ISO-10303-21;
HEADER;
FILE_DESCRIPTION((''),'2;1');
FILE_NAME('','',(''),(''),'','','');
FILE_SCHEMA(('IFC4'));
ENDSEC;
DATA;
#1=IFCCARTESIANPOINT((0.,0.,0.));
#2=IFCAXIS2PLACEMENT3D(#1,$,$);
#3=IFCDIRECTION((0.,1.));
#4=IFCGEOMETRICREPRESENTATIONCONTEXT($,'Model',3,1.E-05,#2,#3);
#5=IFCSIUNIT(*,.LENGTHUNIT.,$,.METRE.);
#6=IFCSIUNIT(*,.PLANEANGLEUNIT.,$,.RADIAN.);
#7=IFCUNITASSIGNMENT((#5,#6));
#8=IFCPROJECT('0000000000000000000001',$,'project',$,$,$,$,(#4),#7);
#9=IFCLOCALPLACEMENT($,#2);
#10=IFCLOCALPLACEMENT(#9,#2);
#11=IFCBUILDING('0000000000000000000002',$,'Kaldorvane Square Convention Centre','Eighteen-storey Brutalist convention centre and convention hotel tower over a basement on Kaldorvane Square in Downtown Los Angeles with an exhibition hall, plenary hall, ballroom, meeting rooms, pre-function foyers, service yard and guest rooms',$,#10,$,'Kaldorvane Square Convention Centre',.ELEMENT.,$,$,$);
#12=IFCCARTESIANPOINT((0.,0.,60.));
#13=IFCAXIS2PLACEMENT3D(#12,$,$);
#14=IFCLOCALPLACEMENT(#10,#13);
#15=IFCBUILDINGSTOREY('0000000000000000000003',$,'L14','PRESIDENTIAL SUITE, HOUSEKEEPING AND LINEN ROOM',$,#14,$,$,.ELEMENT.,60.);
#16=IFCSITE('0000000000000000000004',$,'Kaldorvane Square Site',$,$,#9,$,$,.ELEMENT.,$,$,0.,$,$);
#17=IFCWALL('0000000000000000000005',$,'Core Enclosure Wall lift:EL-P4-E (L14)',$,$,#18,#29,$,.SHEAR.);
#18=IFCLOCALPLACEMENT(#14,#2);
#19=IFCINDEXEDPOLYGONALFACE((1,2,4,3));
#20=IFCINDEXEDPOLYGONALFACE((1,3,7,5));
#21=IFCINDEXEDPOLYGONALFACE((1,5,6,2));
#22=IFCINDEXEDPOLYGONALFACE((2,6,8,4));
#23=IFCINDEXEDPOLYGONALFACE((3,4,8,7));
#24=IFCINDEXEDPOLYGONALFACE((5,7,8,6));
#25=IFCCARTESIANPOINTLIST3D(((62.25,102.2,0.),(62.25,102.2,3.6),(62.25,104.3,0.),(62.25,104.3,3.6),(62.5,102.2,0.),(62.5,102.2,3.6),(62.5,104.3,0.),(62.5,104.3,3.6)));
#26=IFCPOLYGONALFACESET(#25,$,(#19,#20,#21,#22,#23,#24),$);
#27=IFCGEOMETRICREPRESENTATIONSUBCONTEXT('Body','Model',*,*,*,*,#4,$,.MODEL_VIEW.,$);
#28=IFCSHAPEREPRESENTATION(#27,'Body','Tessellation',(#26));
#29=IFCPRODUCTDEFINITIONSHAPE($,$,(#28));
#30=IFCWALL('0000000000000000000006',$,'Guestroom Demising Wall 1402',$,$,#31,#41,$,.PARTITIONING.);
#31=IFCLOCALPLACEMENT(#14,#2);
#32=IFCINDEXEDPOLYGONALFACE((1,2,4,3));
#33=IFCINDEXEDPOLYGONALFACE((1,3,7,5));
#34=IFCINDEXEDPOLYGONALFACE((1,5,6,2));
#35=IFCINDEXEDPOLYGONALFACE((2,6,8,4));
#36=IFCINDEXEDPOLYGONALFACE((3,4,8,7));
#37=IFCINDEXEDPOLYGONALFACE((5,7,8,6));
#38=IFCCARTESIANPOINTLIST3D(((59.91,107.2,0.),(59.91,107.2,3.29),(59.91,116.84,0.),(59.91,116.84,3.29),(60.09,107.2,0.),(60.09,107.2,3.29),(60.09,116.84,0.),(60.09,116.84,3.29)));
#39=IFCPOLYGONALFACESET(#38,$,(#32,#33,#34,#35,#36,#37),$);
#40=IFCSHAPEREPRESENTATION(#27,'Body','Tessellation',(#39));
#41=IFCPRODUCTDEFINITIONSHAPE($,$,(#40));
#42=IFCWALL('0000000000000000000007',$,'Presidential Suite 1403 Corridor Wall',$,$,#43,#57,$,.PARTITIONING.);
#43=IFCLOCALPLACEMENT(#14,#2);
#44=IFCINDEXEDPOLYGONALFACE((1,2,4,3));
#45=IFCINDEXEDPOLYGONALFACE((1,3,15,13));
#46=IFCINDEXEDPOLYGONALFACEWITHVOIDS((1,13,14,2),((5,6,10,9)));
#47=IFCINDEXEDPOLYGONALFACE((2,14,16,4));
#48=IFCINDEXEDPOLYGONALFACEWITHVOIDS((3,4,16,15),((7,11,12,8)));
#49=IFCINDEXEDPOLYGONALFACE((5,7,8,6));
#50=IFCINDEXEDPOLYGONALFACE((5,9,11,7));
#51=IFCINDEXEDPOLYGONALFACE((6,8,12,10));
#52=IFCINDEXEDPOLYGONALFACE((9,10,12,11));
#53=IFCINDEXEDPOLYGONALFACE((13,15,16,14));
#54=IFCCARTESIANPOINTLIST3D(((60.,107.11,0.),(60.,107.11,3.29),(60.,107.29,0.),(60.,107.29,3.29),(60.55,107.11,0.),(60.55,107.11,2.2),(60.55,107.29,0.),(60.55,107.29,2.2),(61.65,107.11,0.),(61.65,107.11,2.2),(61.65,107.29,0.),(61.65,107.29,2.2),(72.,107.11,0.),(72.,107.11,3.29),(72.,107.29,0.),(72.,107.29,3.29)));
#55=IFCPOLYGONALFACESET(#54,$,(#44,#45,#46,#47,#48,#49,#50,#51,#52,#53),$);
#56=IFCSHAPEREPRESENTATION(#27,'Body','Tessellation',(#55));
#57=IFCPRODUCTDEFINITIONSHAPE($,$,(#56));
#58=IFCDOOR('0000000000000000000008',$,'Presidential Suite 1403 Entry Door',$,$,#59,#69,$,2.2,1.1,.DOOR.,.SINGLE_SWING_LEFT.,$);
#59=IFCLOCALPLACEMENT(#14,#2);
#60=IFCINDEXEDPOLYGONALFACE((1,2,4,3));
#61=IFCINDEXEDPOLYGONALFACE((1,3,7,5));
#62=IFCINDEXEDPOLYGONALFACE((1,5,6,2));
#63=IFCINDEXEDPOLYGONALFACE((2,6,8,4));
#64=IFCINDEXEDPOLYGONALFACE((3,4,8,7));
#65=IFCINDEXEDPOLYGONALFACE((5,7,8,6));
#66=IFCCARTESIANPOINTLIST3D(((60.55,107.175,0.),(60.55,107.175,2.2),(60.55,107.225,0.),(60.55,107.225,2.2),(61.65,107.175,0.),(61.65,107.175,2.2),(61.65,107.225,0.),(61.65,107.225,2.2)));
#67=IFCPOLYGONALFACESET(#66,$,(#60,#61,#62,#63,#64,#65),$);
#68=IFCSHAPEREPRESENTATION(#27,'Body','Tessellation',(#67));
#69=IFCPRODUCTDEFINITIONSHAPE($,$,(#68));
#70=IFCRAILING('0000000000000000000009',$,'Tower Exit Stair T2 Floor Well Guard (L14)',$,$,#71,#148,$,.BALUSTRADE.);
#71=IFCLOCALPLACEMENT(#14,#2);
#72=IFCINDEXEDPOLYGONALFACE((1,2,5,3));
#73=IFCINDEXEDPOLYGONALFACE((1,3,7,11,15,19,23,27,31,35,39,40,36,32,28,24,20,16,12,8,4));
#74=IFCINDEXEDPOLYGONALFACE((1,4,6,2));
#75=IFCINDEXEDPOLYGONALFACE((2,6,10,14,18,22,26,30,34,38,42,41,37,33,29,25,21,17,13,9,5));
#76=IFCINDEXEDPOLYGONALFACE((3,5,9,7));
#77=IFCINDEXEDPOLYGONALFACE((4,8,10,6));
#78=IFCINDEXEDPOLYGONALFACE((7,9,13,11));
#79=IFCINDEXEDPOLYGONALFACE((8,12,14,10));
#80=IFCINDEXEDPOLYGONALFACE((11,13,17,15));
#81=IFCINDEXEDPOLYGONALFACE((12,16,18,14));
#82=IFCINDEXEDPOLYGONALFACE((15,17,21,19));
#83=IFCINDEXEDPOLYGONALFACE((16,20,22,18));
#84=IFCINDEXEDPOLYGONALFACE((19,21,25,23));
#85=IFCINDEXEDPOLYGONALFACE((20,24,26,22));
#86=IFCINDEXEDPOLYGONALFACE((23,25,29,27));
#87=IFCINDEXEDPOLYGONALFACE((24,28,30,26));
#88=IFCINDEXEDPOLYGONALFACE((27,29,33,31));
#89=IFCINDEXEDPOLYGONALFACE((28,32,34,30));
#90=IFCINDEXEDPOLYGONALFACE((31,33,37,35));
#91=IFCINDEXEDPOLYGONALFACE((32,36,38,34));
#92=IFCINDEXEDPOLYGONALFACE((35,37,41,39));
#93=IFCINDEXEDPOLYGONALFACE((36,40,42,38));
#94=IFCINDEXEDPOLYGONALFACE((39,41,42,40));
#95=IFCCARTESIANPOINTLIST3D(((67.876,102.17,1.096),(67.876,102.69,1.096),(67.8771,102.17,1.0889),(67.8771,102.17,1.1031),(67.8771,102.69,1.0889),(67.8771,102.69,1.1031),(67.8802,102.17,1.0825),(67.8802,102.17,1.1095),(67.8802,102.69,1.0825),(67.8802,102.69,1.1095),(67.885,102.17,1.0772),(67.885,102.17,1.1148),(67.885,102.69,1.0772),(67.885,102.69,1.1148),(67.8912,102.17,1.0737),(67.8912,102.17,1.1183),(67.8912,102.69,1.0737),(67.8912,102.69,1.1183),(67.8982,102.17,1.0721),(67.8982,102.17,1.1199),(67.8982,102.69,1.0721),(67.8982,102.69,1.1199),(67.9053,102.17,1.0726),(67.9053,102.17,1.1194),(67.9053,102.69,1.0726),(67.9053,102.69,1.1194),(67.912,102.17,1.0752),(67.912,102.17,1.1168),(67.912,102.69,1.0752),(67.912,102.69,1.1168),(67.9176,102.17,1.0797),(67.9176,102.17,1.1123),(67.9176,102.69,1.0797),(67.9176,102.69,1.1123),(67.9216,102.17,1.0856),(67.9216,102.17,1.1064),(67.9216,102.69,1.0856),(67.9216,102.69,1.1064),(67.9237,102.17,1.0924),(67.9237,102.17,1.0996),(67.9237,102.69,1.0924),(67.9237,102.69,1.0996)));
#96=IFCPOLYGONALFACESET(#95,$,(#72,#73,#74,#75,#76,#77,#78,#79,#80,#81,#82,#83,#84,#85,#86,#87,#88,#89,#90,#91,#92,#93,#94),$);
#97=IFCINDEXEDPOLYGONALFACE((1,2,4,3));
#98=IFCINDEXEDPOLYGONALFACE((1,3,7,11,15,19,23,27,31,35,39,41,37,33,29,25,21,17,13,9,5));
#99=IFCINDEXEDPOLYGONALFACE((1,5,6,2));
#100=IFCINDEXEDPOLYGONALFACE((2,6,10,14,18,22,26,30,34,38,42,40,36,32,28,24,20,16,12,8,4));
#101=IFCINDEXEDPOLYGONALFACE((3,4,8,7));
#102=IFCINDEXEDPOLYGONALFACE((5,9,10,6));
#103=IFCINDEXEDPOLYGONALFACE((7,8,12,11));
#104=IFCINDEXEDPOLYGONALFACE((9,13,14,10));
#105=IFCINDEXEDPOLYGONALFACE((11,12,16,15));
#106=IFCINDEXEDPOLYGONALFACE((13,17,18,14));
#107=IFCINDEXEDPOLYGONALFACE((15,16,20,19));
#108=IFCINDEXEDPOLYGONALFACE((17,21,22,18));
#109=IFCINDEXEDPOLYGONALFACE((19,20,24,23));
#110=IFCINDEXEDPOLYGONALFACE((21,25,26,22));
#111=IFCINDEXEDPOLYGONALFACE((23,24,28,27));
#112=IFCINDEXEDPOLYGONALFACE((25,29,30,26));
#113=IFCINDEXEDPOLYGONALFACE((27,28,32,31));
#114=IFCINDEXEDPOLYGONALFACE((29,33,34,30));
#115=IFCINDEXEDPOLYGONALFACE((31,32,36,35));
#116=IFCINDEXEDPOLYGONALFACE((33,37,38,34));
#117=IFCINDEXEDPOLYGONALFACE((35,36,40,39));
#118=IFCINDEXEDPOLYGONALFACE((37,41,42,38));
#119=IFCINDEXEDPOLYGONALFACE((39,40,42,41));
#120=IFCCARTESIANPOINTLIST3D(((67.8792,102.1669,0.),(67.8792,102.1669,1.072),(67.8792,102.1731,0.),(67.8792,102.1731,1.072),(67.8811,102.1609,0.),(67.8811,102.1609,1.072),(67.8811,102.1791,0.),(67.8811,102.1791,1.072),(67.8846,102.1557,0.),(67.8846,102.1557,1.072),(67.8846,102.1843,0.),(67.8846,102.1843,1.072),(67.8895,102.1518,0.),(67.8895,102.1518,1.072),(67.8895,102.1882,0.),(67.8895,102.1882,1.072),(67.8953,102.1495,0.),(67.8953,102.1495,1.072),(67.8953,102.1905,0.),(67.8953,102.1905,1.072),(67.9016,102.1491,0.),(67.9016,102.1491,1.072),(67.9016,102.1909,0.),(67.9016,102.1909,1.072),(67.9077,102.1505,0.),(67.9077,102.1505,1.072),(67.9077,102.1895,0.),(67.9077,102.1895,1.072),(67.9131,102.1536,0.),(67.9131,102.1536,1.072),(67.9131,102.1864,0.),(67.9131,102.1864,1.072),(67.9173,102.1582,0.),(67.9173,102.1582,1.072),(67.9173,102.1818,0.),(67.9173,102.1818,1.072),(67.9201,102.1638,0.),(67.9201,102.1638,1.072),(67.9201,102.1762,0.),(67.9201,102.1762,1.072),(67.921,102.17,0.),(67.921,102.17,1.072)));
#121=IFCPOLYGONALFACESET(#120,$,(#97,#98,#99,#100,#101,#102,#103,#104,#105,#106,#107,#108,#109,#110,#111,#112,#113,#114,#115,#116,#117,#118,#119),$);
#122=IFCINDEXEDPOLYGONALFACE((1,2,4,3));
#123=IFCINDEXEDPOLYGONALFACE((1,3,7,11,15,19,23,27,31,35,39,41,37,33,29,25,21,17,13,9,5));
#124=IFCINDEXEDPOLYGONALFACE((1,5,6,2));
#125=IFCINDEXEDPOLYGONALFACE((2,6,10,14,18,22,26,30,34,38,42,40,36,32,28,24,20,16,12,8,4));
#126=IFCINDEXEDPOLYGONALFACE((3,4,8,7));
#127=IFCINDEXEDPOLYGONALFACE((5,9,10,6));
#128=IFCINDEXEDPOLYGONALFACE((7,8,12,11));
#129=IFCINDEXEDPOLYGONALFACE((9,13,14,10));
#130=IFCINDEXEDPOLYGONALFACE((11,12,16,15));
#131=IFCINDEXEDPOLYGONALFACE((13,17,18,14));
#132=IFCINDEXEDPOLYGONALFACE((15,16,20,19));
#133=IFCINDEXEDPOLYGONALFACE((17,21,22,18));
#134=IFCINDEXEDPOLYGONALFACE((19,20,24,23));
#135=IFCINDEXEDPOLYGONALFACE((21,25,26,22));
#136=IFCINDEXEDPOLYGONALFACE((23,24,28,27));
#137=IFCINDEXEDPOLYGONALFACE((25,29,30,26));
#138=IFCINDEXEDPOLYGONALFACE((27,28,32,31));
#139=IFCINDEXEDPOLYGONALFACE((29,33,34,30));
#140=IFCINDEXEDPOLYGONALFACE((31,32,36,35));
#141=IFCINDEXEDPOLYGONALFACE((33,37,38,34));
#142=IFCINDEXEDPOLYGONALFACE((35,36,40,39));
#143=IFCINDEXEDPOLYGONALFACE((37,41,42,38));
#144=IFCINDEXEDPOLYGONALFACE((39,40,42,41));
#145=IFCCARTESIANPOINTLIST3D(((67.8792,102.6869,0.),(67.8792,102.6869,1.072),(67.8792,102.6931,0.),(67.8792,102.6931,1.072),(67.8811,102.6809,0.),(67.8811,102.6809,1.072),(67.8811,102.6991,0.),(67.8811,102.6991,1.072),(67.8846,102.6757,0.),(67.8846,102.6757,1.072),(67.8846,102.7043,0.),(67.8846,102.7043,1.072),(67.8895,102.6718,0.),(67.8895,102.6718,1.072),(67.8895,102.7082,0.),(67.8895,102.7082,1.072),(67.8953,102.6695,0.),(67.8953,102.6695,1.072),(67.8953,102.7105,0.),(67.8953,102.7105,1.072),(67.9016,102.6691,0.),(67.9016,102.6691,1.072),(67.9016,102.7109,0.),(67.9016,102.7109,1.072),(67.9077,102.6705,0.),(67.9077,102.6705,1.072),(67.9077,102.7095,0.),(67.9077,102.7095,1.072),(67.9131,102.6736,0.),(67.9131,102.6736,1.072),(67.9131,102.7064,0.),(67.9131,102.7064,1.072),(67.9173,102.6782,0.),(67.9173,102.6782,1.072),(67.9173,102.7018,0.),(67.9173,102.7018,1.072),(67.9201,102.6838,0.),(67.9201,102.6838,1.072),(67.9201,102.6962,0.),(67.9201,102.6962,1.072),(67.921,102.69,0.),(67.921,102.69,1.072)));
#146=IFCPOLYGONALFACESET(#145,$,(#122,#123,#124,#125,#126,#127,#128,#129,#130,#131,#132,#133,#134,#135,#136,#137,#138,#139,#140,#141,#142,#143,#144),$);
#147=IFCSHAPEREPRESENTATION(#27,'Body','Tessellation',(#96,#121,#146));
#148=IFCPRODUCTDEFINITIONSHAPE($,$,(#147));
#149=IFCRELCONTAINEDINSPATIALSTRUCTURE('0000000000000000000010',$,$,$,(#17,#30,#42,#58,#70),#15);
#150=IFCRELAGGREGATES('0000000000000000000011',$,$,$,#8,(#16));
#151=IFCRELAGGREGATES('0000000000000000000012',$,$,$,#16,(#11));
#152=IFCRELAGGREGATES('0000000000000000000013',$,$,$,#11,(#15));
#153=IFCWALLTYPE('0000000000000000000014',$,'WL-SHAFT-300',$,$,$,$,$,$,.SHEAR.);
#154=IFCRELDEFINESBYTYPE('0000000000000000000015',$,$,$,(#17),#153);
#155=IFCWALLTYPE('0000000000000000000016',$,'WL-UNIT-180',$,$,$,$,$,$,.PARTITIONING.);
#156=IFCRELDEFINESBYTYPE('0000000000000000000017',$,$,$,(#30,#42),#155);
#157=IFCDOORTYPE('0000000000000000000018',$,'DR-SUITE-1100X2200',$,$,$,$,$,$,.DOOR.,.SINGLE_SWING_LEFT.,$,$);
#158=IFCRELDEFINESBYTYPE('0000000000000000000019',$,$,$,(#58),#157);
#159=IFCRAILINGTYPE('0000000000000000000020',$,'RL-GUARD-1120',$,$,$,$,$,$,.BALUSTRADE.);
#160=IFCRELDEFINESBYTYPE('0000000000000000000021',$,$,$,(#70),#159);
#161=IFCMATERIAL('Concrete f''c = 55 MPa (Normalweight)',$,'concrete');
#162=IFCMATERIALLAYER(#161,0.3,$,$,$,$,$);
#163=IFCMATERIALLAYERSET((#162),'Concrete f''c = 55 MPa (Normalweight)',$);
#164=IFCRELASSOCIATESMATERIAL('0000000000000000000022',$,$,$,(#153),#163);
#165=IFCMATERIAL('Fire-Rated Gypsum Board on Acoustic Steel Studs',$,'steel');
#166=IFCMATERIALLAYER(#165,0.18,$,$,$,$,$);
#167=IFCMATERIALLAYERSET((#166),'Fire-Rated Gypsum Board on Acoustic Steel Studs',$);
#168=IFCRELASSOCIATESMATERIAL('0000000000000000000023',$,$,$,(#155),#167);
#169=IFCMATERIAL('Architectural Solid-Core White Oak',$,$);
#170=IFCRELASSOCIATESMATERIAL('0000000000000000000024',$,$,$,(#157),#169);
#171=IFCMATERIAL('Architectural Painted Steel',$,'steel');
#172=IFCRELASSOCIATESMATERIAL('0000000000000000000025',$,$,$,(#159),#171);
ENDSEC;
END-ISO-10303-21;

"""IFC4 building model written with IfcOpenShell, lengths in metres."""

from ifc_helpers import new_model, si_unit, direction, frame, frame_2d, origin, origin_2d, place, context, subcontext, project, spatial, rectangle, circle, extrude, material, layer, layer_set, type_object, element, fill, save


model = new_model("IFC4")

# Units and contexts
model_context = context("Model", 3, precision=1e-05, world=origin(), true_north=direction((0.0, 1.0)))
body_context = subcontext(model_context, "Body", "Model", "MODEL_VIEW")
ifc_project = project(units=[si_unit("LENGTHUNIT", "METRE"), si_unit("PLANEANGLEUNIT", "RADIAN")], contexts=[model_context])

# Site, building, storey
site_placement = place(None, origin())
site = spatial("IfcSite", under=ifc_project, at=site_placement, Name="Kaldorvane Square Site", CompositionType="ELEMENT", RefElevation=0.0)
building_placement = place(site_placement, origin())
building = spatial("IfcBuilding", under=site, at=building_placement, Name="Kaldorvane Square Convention Centre", Description="Eighteen-storey Brutalist convention centre and convention hotel tower over a basement on Kaldorvane Square in Downtown Los Angeles with an exhibition hall, plenary hall, ballroom, meeting rooms, pre-function foyers, service yard and guest rooms", LongName="Kaldorvane Square Convention Centre", CompositionType="ELEMENT")
storey_placement = place(building_placement, frame((0.0, 0.0, 60.0)))
storey = spatial("IfcBuildingStorey", under=building, at=storey_placement, Name="L14", Description="PRESIDENTIAL SUITE, HOUSEKEEPING AND LINEN ROOM", CompositionType="ELEMENT", Elevation=60.0)

# Shared definitions
ifc_material_1 = material(Name="Fire-Rated Gypsum Board on Acoustic Steel Studs", Category="steel")
ifc_material_2 = material(Name="Architectural Solid-Core White Oak")

# Walls
ifc_material_3 = material(Name="Concrete f'c = 55 MPa (Normalweight)", Category="concrete")
ifc_layer_1 = layer(ifc_material_3, 0.3)
ifc_layer_set_1 = layer_set([ifc_layer_1], Name="Concrete f'c = 55 MPa (Normalweight)")
wall_type_1 = type_object("IfcWallType", Name="WL-SHAFT-300", PredefinedType="SHEAR", material=ifc_layer_set_1)
for number, where, z_axis, x_axis, name in (
    (1, (62.375, 102.2, 0.0), (0.0, 0.0, 1.0), (0.0, 1.0, 0.0), "Core Enclosure Wall lift:EL-P4-E (L14)"),
):
    element("IfcWall", number, at=place(storey_placement, frame(where, z_axis=z_axis, x_axis=x_axis)), inside=storey, type_object=wall_type_1, Name=name, PredefinedType="SHEAR", context=body_context, shape_type="SweptSolid", body=[
        extrude(rectangle(XDim=2.1, YDim=0.25, at=frame_2d((1.05, 0.0))), origin(), (0.0, 0.0, 1.0), 3.6),
    ])
ifc_layer_2 = layer(ifc_material_1, 0.18)
ifc_layer_set_2 = layer_set([ifc_layer_2], Name="Fire-Rated Gypsum Board on Acoustic Steel Studs")
wall_type_2 = type_object("IfcWallType", Name="WL-UNIT-180", PredefinedType="PARTITIONING", material=ifc_layer_set_2)
wall_1_placement = place(storey_placement, frame((60.0, 107.2, 0.0), z_axis=(0.0, 0.0, 1.0), x_axis=(0.0, 1.0, 0.0)))
element("IfcWall", 2, at=wall_1_placement, inside=storey, type_object=wall_type_2, Name="Guestroom Demising Wall 1402", PredefinedType="PARTITIONING", context=body_context, shape_type="SweptSolid", body=[
    extrude(rectangle(XDim=9.64, YDim=0.18, at=frame_2d((4.82, 0.0))), origin(), (0.0, 0.0, 1.0), 3.29),
])

# Wall, opening, door
wall_2_placement = place(storey_placement, frame((60.0, 107.2, 0.0), z_axis=(0.0, 0.0, 1.0), x_axis=(1.0, 0.0, 0.0)))
wall_2 = element("IfcWall", 3, at=wall_2_placement, inside=storey, type_object=wall_type_2, Name="Presidential Suite 1403 Corridor Wall", PredefinedType="PARTITIONING", context=body_context, shape_type="SweptSolid", body=[
    extrude(rectangle(XDim=12.0, YDim=0.18, at=frame_2d((6.0, 0.0))), origin(), (0.0, 0.0, 1.0), 3.29),
])
opening_1_placement = place(wall_2_placement, frame((0.55, 0.0, 0.0)))
opening_1 = element("IfcOpeningElement", 4, at=opening_1_placement, cuts=wall_2, PredefinedType="OPENING", context=body_context, shape_type="SweptSolid", body=[
    extrude(rectangle(XDim=1.1, YDim=2.2, at=frame_2d((0.55, 1.1))), frame((0.0, 0.105, 0.0), z_axis=(0.0, -1.0, 0.0), x_axis=(1.0, 0.0, 0.0)), (0.0, 0.0, 1.0), 0.21),
])
door_type_1 = type_object("IfcDoorType", Name="DR-SUITE-1100X2200", OperationType="SINGLE_SWING_LEFT", PredefinedType="DOOR", material=ifc_material_2)
door_1_placement = place(opening_1_placement, origin())
door_1 = element("IfcDoor", 5, at=door_1_placement, inside=storey, type_object=door_type_1, Name="Presidential Suite 1403 Entry Door", OperationType="SINGLE_SWING_LEFT", OverallHeight=2.2, OverallWidth=1.1, PredefinedType="DOOR", context=body_context, shape_type="SweptSolid", body=[
    extrude(rectangle(XDim=1.1, YDim=2.2, at=frame_2d((0.55, 1.1))), frame((0.0, 0.025, 0.0), z_axis=(0.0, -1.0, 0.0), x_axis=(1.0, 0.0, 0.0)), (0.0, 0.0, 1.0), 0.05),
])
fill(opening_1, door_1)

# Railing
ifc_material_4 = material(Name="Architectural Painted Steel", Category="steel")
railing_type = type_object("IfcRailingType", Name="RL-GUARD-1120", PredefinedType="BALUSTRADE", material=ifc_material_4)
for number, where, name in (
    (6, (67.9, 102.17, 0.0), "Tower Exit Stair T2 Floor Well Guard (L14)"),
):
    element("IfcRailing", number, at=place(storey_placement, frame(where)), inside=storey, type_object=railing_type, Name=name, PredefinedType="BALUSTRADE", context=body_context, shape_type="SweptSolid", body=[
        extrude(circle(Radius=0.024, at=origin_2d()), frame((0.0, 0.0, 1.096), z_axis=(0.0, 1.0, 0.0), x_axis=(-1.0, 0.0, 0.0)), (0.0, 0.0, 1.0), 0.52),
        extrude(circle(Radius=0.021, at=origin_2d()), origin(), (0.0, 0.0, 1.0), 1.072),
        extrude(circle(Radius=0.021, at=origin_2d()), frame((0.0, 0.52, 0.0)), (0.0, 0.0, 1.0), 1.072),
    ])

save(model, "model.ifc")
